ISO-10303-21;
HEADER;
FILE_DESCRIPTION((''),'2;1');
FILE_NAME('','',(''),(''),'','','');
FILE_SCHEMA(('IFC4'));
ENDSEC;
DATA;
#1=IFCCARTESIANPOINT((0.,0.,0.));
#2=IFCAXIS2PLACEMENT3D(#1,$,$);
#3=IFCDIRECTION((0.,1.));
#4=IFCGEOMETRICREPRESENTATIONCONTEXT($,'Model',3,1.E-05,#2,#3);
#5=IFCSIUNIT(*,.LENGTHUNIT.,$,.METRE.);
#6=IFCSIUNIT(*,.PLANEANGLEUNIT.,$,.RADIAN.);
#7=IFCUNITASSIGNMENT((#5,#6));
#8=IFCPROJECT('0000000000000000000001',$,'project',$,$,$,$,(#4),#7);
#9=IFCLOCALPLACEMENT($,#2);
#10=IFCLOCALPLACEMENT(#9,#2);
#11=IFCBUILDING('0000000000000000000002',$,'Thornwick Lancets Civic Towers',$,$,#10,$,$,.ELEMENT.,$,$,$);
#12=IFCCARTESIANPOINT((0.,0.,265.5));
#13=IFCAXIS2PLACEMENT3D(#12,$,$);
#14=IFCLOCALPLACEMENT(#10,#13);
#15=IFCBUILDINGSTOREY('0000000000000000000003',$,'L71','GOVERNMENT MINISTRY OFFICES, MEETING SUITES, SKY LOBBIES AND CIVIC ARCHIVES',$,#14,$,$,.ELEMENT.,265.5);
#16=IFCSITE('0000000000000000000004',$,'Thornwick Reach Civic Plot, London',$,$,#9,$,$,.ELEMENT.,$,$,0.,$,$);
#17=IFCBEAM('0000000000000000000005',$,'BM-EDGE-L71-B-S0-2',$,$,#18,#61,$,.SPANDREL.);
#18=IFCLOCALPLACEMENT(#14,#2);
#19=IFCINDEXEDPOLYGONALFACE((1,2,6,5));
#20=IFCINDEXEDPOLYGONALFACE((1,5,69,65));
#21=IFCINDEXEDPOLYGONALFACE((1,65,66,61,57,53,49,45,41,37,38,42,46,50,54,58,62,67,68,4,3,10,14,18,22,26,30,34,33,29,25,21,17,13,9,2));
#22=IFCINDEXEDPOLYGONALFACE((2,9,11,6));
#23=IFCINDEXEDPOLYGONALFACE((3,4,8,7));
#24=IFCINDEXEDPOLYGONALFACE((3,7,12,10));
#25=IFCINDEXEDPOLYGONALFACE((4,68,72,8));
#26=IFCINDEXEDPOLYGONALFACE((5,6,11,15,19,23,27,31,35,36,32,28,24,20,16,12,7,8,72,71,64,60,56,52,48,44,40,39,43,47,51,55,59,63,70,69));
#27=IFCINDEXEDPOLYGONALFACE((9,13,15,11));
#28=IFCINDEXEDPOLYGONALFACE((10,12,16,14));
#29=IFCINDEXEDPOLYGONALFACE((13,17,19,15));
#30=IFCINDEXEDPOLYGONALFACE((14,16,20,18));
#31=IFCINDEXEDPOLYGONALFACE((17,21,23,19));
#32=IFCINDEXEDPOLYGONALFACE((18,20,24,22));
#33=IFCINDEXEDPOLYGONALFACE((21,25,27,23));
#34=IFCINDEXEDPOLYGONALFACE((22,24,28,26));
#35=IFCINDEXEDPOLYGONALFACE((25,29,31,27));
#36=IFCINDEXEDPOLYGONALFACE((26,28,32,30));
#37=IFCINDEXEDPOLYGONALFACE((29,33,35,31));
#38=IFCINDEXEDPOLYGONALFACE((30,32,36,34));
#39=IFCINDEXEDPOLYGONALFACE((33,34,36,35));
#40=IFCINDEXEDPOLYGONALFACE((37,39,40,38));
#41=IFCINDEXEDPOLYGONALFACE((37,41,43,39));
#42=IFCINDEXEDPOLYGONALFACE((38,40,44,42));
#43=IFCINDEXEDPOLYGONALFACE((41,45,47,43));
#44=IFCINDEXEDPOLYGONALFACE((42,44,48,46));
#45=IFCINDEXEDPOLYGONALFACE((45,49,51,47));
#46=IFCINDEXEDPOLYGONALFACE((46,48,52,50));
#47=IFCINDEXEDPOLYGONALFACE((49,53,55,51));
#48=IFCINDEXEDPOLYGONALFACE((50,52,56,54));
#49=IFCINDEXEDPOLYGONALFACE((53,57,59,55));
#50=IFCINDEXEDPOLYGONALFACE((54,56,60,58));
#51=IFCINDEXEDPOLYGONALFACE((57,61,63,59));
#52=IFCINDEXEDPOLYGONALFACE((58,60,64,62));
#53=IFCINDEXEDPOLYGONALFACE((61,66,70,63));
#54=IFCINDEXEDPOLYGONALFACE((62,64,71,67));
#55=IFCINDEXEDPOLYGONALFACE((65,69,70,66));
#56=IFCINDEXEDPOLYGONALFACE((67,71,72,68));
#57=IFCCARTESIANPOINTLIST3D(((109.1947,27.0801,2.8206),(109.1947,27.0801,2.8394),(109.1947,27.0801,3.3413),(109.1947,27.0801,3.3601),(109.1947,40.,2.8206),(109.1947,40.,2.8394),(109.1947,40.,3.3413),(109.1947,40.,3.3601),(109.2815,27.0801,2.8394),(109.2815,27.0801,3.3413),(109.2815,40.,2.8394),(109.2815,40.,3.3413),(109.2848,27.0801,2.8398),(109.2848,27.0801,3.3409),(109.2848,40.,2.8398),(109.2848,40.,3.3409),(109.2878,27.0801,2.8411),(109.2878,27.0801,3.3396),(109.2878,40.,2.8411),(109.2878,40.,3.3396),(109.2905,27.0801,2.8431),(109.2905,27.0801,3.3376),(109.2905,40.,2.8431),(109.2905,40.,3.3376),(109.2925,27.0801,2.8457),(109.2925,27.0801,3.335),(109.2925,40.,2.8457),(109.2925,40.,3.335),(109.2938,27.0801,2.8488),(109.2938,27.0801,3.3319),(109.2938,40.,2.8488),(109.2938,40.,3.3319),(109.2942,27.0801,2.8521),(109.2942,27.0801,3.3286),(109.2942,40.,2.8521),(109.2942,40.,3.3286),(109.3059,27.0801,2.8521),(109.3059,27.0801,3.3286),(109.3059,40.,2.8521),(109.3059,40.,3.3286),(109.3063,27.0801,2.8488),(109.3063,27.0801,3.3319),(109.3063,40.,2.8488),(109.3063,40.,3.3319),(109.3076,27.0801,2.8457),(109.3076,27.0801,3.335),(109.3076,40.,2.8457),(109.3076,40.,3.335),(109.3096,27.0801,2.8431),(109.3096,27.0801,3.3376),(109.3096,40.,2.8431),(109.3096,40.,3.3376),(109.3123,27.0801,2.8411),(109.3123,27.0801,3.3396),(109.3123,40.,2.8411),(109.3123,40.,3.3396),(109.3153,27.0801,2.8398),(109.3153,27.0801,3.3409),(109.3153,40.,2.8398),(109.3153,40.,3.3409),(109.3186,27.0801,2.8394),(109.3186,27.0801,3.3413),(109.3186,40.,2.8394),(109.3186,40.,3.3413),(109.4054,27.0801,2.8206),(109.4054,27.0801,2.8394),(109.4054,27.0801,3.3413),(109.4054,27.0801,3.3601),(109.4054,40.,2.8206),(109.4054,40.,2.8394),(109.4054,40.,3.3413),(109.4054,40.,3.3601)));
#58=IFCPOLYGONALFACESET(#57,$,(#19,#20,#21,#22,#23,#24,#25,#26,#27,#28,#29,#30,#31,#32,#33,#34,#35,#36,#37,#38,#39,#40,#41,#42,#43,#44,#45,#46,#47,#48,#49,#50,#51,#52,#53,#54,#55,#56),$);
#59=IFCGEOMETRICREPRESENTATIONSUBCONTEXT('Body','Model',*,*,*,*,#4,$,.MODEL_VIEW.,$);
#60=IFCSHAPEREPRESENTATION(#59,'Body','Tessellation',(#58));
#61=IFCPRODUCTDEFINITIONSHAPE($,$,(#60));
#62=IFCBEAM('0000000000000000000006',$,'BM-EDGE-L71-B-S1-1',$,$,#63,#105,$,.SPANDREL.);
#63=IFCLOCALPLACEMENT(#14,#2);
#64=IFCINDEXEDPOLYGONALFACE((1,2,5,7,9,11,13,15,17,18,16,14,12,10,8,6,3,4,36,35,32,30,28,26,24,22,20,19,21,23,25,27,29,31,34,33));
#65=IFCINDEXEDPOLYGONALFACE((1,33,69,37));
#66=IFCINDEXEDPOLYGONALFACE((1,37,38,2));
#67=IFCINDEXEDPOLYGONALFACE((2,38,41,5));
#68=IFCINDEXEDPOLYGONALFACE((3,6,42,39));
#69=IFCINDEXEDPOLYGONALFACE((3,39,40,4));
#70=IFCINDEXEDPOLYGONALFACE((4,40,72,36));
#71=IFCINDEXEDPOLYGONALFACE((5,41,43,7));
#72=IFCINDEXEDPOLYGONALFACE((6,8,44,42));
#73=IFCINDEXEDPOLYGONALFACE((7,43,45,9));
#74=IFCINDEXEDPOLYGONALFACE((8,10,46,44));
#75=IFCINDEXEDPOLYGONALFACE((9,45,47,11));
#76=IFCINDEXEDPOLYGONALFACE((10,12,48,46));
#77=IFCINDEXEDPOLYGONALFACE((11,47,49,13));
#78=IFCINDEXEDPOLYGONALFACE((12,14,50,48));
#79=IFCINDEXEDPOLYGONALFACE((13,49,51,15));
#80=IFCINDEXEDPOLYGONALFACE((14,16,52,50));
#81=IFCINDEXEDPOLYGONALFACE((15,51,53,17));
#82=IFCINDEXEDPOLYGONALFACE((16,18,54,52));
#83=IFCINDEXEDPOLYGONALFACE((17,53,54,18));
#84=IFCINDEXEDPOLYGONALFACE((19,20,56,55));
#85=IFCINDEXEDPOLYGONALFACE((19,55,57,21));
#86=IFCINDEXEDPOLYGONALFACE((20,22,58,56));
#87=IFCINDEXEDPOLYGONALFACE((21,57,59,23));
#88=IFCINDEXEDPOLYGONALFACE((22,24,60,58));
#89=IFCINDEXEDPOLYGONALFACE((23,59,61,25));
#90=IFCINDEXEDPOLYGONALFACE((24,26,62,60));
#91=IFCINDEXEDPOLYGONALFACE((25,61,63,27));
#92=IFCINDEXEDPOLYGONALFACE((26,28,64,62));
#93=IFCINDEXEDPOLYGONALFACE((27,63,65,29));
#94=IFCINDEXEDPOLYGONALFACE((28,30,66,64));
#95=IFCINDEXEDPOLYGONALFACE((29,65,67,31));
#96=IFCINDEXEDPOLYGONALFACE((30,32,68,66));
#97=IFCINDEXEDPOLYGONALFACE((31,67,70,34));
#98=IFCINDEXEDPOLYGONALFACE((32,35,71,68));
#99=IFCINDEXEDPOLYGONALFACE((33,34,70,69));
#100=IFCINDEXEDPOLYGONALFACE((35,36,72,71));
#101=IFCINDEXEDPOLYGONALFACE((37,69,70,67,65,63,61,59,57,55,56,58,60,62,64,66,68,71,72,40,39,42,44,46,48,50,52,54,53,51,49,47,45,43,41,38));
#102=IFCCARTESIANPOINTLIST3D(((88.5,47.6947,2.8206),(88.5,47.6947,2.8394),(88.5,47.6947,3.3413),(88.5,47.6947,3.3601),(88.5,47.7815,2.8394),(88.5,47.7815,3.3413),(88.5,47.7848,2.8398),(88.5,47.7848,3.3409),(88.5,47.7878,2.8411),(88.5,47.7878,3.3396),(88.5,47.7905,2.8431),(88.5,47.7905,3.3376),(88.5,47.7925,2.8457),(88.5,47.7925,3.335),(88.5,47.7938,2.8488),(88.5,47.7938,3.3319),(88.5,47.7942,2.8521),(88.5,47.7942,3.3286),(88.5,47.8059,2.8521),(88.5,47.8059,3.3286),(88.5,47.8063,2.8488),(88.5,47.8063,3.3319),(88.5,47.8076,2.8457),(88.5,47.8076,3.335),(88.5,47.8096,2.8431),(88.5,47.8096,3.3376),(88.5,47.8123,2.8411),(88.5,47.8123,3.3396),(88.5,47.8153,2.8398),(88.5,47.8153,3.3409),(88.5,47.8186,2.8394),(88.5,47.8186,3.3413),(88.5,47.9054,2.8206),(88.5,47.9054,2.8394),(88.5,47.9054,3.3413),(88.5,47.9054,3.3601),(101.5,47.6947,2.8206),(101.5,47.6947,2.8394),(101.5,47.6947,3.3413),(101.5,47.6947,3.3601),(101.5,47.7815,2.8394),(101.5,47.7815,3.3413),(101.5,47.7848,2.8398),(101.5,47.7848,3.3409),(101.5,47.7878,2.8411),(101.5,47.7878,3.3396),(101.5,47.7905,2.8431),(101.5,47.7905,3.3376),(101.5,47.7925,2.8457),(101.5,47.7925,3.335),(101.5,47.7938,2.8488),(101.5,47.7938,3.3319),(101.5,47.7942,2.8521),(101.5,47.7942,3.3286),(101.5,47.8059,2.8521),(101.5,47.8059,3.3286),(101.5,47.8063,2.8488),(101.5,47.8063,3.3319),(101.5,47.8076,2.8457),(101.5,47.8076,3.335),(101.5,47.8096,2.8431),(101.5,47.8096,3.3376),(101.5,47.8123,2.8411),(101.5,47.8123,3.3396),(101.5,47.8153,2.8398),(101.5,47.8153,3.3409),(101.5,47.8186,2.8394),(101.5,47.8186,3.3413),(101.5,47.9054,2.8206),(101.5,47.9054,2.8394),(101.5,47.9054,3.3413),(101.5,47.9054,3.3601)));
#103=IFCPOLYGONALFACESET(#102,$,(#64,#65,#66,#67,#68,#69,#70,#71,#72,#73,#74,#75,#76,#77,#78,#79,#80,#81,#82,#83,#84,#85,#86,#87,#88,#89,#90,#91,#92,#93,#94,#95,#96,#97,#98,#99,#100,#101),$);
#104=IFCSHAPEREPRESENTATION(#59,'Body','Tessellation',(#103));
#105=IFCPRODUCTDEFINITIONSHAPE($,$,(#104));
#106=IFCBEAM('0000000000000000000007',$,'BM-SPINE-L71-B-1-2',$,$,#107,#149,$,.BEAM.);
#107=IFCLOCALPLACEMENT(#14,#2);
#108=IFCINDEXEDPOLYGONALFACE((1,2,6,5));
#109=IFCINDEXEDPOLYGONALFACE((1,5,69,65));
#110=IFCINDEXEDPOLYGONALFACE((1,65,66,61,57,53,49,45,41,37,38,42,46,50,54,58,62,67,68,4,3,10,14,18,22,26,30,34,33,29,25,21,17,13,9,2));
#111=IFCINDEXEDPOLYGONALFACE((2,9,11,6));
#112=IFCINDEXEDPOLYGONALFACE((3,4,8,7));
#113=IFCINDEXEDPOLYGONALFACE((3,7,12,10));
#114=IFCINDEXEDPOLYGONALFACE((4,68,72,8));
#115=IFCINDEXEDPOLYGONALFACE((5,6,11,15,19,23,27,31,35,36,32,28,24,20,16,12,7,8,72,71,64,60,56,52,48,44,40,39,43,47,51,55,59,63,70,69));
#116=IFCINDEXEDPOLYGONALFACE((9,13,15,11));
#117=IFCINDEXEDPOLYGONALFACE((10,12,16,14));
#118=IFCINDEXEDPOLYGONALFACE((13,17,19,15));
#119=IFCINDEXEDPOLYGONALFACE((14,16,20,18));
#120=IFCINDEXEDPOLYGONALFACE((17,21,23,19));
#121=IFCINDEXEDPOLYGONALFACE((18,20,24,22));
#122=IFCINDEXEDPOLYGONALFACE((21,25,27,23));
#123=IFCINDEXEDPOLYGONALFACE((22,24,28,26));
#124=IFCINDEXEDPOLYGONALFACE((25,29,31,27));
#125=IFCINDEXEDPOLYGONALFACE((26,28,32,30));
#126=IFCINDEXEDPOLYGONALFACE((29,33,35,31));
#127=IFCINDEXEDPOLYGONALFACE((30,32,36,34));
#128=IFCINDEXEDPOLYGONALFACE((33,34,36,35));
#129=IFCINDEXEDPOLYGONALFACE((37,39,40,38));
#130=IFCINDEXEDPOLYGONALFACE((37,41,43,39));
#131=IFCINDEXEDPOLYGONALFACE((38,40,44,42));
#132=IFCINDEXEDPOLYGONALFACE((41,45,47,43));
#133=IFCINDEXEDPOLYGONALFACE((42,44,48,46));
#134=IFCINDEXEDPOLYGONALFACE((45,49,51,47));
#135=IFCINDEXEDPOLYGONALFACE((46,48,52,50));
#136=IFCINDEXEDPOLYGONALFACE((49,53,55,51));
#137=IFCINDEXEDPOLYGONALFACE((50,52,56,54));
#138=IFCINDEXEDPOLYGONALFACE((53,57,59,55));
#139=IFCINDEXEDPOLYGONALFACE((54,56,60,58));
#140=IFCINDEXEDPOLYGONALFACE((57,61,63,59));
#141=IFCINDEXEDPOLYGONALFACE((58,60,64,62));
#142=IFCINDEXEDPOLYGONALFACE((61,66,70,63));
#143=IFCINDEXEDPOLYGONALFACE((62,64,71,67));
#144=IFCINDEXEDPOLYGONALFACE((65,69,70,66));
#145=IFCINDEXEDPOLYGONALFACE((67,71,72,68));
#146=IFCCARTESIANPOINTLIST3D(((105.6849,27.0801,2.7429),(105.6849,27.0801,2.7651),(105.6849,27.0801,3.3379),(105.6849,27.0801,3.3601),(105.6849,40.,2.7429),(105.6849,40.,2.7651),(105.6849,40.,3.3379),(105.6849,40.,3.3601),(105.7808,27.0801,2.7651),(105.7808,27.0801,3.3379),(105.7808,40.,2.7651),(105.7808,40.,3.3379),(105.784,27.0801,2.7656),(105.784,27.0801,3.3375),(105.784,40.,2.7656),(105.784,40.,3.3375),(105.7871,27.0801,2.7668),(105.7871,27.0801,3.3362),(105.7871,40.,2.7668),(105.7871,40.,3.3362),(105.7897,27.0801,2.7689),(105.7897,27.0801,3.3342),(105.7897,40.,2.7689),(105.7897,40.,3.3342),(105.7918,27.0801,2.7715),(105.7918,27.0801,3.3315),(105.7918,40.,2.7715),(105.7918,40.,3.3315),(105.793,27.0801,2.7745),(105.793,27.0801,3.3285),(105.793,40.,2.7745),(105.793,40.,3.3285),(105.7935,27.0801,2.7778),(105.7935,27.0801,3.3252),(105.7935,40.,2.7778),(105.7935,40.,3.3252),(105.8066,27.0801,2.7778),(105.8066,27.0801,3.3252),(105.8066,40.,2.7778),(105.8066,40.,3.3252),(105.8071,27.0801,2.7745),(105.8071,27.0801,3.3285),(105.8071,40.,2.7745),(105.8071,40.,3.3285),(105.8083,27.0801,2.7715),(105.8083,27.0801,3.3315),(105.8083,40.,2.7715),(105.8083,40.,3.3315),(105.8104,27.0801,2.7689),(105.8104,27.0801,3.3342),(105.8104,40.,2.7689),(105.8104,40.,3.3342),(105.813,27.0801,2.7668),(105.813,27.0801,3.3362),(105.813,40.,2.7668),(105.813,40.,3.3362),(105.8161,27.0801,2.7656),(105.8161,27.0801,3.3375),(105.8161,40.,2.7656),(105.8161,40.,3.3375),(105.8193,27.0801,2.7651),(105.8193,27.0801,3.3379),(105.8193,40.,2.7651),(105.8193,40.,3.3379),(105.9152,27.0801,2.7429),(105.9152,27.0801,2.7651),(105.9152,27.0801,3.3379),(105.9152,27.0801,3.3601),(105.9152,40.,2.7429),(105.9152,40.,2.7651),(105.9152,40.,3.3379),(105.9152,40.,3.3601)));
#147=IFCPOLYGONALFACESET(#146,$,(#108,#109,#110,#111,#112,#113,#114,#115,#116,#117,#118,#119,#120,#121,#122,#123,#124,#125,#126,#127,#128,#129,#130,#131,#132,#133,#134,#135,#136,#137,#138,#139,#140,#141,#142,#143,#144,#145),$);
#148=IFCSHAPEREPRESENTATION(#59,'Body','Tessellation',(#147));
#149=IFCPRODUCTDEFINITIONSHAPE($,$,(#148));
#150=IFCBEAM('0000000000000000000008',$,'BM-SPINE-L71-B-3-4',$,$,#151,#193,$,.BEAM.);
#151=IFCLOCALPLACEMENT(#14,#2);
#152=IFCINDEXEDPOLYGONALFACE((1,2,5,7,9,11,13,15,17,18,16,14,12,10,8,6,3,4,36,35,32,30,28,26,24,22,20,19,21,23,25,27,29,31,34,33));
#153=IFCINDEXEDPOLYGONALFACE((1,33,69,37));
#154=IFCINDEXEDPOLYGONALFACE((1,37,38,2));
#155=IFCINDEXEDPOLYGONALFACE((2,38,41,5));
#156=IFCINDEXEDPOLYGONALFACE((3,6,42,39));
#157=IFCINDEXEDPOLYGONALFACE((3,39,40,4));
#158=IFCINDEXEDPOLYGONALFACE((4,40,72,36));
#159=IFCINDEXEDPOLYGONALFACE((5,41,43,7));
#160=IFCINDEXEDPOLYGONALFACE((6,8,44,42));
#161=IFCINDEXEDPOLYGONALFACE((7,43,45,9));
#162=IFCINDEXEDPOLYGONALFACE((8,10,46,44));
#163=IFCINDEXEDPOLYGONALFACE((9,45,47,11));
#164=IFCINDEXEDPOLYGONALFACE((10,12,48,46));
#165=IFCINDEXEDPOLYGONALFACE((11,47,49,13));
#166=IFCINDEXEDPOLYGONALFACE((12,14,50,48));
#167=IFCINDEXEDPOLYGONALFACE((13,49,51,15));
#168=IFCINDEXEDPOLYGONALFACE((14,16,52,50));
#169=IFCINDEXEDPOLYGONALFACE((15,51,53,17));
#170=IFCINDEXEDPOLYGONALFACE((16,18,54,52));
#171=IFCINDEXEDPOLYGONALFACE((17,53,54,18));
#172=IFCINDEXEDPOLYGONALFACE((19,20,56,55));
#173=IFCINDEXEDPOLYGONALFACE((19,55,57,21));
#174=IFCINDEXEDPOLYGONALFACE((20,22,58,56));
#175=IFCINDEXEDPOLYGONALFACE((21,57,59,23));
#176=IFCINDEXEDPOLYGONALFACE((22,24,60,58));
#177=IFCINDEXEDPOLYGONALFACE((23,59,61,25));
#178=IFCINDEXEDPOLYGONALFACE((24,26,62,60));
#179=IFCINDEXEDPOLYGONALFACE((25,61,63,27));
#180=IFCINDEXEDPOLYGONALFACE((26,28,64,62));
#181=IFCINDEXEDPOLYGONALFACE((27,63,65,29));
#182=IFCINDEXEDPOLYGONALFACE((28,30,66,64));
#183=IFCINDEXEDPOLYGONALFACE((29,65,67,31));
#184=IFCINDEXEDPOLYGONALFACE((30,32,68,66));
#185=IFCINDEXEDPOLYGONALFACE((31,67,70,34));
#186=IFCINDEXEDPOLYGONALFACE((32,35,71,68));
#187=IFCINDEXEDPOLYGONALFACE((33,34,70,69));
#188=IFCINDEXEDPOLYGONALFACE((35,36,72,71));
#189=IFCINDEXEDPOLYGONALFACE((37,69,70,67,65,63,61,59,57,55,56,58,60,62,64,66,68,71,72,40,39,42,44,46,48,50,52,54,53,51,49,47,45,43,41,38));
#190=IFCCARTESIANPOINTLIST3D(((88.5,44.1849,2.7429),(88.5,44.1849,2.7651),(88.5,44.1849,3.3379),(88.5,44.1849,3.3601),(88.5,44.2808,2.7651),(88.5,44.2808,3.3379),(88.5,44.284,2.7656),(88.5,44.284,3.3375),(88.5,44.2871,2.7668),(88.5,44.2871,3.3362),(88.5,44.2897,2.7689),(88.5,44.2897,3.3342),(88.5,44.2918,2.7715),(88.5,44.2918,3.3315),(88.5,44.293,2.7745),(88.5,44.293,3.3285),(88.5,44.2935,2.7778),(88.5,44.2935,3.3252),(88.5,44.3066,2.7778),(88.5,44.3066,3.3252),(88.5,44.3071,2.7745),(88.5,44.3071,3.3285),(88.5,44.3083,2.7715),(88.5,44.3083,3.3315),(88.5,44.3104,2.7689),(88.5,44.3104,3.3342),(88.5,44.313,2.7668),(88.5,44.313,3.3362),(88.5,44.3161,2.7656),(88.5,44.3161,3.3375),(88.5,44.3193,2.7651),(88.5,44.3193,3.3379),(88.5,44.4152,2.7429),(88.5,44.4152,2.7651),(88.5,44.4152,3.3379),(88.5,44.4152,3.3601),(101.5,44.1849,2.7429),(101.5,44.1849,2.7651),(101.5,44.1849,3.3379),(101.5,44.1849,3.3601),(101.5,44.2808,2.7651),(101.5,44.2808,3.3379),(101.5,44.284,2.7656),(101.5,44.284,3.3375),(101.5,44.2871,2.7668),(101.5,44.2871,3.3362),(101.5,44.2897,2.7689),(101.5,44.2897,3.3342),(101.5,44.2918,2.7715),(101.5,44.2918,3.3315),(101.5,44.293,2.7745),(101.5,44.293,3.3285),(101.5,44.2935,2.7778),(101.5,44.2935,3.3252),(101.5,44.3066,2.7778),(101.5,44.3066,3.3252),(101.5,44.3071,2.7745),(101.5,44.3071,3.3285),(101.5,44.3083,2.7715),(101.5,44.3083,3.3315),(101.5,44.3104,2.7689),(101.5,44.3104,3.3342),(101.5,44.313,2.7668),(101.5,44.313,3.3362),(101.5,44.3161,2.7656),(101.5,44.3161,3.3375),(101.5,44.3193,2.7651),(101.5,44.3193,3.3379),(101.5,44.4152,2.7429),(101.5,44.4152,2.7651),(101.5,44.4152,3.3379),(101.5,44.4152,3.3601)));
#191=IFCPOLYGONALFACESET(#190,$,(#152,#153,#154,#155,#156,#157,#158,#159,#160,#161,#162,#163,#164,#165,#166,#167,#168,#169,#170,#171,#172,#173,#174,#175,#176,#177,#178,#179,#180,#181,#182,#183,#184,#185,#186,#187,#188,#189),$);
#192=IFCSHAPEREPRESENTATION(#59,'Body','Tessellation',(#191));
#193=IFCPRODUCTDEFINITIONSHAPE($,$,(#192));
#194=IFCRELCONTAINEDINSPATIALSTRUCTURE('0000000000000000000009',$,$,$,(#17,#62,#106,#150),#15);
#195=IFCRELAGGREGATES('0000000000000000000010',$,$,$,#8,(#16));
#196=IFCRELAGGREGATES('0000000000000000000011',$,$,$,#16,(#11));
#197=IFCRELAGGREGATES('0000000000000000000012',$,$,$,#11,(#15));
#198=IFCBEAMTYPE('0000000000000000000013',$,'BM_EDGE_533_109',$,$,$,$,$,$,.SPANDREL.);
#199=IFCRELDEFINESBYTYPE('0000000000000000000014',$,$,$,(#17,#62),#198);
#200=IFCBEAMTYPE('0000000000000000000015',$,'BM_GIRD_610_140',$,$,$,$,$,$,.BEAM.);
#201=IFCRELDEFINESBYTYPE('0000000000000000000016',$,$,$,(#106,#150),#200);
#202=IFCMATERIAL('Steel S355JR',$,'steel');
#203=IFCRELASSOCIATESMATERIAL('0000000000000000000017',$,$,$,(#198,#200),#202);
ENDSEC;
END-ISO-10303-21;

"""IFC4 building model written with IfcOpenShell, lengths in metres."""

from ifc_helpers import new_model, si_unit, direction, frame, origin, origin_2d, place, context, subcontext, project, spatial, i_section, extrude, material, material_profile, profile_set, type_object, element, save


model = new_model("IFC4")

# Units and contexts
model_context = context("Model", 3, precision=1e-05, world=origin(), true_north=direction((0.0, 1.0)))
body_context = subcontext(model_context, "Body", "Model", "MODEL_VIEW")
ifc_project = project(units=[si_unit("LENGTHUNIT", "METRE"), si_unit("PLANEANGLEUNIT", "RADIAN")], contexts=[model_context])

# Site, building, storey
site_placement = place(None, origin())
site = spatial("IfcSite", under=ifc_project, at=site_placement, Name="Thornwick Reach Civic Plot, London", CompositionType="ELEMENT", RefElevation=0.0)
building_placement = place(site_placement, origin())
building = spatial("IfcBuilding", under=site, at=building_placement, Name="Thornwick Lancets Civic Towers", CompositionType="ELEMENT")
storey_placement = place(building_placement, frame((0.0, 0.0, 265.5)))
storey = spatial("IfcBuildingStorey", under=building, at=storey_placement, Name="L71", Description="GOVERNMENT MINISTRY OFFICES, MEETING SUITES, SKY LOBBIES AND CIVIC ARCHIVES", CompositionType="ELEMENT", Elevation=265.5)

# Shared definitions
ifc_material_1 = material(Name="Steel S355JR", Category="steel")

# Beams
ifc_material_profile_1 = material_profile(ifc_material_1, i_section(OverallWidth=0.2107, OverallDepth=0.5396, WebThickness=0.0117, FlangeThickness=0.0188, FilletRadius=0.0127, at=origin_2d()), Name="UKB 533x210x109")
ifc_profile_set_1 = profile_set([ifc_material_profile_1], Name="Steel S355JR")
beam_type_1 = type_object("IfcBeamType", Name="BM_EDGE_533_109", PredefinedType="SPANDREL", material=ifc_profile_set_1)
beam_1_placement = place(storey_placement, frame((109.3, 27.0801, 3.0903), z_axis=(0.0, 1.0, 0.0), x_axis=(-1.0, 0.0, 0.0)))
element("IfcBeam", 1, at=beam_1_placement, inside=storey, type_object=beam_type_1, Name="BM-EDGE-L71-B-S0-2", PredefinedType="SPANDREL", context=body_context, shape_type="SweptSolid", body=[
    extrude(i_section(OverallWidth=0.2107, OverallDepth=0.5396, WebThickness=0.0117, FlangeThickness=0.0188, FilletRadius=0.0127, at=origin_2d()), origin(), (0.0, 0.0, 1.0), 12.9199),
])
beam_2_placement = place(storey_placement, frame((101.5, 47.8, 3.0903), z_axis=(-1.0, 0.0, 0.0), x_axis=(0.0, -1.0, 0.0)))
element("IfcBeam", 2, at=beam_2_placement, inside=storey, type_object=beam_type_1, Name="BM-EDGE-L71-B-S1-1", PredefinedType="SPANDREL", context=body_context, shape_type="SweptSolid", body=[
    extrude(i_section(OverallWidth=0.2107, OverallDepth=0.5396, WebThickness=0.0117, FlangeThickness=0.0188, FilletRadius=0.0127, at=origin_2d()), origin(), (0.0, 0.0, 1.0), 13.0),
])
ifc_material_profile_2 = material_profile(ifc_material_1, i_section(OverallWidth=0.2302, OverallDepth=0.6172, WebThickness=0.0132, FlangeThickness=0.0222, FilletRadius=0.0127, at=origin_2d()), Name="UKB 610x229x140")
ifc_profile_set_2 = profile_set([ifc_material_profile_2], Name="Steel S355JR")
beam_type_2 = type_object("IfcBeamType", Name="BM_GIRD_610_140", PredefinedType="BEAM", material=ifc_profile_set_2)
beam_3_placement = place(storey_placement, frame((105.8, 27.0801, 3.0515), z_axis=(0.0, 1.0, 0.0), x_axis=(-1.0, 0.0, 0.0)))
element("IfcBeam", 3, at=beam_3_placement, inside=storey, type_object=beam_type_2, Name="BM-SPINE-L71-B-1-2", PredefinedType="BEAM", context=body_context, shape_type="SweptSolid", body=[
    extrude(i_section(OverallWidth=0.2302, OverallDepth=0.6172, WebThickness=0.0132, FlangeThickness=0.0222, FilletRadius=0.0127, at=origin_2d()), origin(), (0.0, 0.0, 1.0), 12.9199),
])
beam_4_placement = place(storey_placement, frame((101.5, 44.3, 3.0515), z_axis=(-1.0, 0.0, 0.0), x_axis=(0.0, -1.0, 0.0)))
element("IfcBeam", 4, at=beam_4_placement, inside=storey, type_object=beam_type_2, Name="BM-SPINE-L71-B-3-4", PredefinedType="BEAM", context=body_context, shape_type="SweptSolid", body=[
    extrude(i_section(OverallWidth=0.2302, OverallDepth=0.6172, WebThickness=0.0132, FlangeThickness=0.0222, FilletRadius=0.0127, at=origin_2d()), origin(), (0.0, 0.0, 1.0), 13.0),
])

save(model, "model.ifc")
